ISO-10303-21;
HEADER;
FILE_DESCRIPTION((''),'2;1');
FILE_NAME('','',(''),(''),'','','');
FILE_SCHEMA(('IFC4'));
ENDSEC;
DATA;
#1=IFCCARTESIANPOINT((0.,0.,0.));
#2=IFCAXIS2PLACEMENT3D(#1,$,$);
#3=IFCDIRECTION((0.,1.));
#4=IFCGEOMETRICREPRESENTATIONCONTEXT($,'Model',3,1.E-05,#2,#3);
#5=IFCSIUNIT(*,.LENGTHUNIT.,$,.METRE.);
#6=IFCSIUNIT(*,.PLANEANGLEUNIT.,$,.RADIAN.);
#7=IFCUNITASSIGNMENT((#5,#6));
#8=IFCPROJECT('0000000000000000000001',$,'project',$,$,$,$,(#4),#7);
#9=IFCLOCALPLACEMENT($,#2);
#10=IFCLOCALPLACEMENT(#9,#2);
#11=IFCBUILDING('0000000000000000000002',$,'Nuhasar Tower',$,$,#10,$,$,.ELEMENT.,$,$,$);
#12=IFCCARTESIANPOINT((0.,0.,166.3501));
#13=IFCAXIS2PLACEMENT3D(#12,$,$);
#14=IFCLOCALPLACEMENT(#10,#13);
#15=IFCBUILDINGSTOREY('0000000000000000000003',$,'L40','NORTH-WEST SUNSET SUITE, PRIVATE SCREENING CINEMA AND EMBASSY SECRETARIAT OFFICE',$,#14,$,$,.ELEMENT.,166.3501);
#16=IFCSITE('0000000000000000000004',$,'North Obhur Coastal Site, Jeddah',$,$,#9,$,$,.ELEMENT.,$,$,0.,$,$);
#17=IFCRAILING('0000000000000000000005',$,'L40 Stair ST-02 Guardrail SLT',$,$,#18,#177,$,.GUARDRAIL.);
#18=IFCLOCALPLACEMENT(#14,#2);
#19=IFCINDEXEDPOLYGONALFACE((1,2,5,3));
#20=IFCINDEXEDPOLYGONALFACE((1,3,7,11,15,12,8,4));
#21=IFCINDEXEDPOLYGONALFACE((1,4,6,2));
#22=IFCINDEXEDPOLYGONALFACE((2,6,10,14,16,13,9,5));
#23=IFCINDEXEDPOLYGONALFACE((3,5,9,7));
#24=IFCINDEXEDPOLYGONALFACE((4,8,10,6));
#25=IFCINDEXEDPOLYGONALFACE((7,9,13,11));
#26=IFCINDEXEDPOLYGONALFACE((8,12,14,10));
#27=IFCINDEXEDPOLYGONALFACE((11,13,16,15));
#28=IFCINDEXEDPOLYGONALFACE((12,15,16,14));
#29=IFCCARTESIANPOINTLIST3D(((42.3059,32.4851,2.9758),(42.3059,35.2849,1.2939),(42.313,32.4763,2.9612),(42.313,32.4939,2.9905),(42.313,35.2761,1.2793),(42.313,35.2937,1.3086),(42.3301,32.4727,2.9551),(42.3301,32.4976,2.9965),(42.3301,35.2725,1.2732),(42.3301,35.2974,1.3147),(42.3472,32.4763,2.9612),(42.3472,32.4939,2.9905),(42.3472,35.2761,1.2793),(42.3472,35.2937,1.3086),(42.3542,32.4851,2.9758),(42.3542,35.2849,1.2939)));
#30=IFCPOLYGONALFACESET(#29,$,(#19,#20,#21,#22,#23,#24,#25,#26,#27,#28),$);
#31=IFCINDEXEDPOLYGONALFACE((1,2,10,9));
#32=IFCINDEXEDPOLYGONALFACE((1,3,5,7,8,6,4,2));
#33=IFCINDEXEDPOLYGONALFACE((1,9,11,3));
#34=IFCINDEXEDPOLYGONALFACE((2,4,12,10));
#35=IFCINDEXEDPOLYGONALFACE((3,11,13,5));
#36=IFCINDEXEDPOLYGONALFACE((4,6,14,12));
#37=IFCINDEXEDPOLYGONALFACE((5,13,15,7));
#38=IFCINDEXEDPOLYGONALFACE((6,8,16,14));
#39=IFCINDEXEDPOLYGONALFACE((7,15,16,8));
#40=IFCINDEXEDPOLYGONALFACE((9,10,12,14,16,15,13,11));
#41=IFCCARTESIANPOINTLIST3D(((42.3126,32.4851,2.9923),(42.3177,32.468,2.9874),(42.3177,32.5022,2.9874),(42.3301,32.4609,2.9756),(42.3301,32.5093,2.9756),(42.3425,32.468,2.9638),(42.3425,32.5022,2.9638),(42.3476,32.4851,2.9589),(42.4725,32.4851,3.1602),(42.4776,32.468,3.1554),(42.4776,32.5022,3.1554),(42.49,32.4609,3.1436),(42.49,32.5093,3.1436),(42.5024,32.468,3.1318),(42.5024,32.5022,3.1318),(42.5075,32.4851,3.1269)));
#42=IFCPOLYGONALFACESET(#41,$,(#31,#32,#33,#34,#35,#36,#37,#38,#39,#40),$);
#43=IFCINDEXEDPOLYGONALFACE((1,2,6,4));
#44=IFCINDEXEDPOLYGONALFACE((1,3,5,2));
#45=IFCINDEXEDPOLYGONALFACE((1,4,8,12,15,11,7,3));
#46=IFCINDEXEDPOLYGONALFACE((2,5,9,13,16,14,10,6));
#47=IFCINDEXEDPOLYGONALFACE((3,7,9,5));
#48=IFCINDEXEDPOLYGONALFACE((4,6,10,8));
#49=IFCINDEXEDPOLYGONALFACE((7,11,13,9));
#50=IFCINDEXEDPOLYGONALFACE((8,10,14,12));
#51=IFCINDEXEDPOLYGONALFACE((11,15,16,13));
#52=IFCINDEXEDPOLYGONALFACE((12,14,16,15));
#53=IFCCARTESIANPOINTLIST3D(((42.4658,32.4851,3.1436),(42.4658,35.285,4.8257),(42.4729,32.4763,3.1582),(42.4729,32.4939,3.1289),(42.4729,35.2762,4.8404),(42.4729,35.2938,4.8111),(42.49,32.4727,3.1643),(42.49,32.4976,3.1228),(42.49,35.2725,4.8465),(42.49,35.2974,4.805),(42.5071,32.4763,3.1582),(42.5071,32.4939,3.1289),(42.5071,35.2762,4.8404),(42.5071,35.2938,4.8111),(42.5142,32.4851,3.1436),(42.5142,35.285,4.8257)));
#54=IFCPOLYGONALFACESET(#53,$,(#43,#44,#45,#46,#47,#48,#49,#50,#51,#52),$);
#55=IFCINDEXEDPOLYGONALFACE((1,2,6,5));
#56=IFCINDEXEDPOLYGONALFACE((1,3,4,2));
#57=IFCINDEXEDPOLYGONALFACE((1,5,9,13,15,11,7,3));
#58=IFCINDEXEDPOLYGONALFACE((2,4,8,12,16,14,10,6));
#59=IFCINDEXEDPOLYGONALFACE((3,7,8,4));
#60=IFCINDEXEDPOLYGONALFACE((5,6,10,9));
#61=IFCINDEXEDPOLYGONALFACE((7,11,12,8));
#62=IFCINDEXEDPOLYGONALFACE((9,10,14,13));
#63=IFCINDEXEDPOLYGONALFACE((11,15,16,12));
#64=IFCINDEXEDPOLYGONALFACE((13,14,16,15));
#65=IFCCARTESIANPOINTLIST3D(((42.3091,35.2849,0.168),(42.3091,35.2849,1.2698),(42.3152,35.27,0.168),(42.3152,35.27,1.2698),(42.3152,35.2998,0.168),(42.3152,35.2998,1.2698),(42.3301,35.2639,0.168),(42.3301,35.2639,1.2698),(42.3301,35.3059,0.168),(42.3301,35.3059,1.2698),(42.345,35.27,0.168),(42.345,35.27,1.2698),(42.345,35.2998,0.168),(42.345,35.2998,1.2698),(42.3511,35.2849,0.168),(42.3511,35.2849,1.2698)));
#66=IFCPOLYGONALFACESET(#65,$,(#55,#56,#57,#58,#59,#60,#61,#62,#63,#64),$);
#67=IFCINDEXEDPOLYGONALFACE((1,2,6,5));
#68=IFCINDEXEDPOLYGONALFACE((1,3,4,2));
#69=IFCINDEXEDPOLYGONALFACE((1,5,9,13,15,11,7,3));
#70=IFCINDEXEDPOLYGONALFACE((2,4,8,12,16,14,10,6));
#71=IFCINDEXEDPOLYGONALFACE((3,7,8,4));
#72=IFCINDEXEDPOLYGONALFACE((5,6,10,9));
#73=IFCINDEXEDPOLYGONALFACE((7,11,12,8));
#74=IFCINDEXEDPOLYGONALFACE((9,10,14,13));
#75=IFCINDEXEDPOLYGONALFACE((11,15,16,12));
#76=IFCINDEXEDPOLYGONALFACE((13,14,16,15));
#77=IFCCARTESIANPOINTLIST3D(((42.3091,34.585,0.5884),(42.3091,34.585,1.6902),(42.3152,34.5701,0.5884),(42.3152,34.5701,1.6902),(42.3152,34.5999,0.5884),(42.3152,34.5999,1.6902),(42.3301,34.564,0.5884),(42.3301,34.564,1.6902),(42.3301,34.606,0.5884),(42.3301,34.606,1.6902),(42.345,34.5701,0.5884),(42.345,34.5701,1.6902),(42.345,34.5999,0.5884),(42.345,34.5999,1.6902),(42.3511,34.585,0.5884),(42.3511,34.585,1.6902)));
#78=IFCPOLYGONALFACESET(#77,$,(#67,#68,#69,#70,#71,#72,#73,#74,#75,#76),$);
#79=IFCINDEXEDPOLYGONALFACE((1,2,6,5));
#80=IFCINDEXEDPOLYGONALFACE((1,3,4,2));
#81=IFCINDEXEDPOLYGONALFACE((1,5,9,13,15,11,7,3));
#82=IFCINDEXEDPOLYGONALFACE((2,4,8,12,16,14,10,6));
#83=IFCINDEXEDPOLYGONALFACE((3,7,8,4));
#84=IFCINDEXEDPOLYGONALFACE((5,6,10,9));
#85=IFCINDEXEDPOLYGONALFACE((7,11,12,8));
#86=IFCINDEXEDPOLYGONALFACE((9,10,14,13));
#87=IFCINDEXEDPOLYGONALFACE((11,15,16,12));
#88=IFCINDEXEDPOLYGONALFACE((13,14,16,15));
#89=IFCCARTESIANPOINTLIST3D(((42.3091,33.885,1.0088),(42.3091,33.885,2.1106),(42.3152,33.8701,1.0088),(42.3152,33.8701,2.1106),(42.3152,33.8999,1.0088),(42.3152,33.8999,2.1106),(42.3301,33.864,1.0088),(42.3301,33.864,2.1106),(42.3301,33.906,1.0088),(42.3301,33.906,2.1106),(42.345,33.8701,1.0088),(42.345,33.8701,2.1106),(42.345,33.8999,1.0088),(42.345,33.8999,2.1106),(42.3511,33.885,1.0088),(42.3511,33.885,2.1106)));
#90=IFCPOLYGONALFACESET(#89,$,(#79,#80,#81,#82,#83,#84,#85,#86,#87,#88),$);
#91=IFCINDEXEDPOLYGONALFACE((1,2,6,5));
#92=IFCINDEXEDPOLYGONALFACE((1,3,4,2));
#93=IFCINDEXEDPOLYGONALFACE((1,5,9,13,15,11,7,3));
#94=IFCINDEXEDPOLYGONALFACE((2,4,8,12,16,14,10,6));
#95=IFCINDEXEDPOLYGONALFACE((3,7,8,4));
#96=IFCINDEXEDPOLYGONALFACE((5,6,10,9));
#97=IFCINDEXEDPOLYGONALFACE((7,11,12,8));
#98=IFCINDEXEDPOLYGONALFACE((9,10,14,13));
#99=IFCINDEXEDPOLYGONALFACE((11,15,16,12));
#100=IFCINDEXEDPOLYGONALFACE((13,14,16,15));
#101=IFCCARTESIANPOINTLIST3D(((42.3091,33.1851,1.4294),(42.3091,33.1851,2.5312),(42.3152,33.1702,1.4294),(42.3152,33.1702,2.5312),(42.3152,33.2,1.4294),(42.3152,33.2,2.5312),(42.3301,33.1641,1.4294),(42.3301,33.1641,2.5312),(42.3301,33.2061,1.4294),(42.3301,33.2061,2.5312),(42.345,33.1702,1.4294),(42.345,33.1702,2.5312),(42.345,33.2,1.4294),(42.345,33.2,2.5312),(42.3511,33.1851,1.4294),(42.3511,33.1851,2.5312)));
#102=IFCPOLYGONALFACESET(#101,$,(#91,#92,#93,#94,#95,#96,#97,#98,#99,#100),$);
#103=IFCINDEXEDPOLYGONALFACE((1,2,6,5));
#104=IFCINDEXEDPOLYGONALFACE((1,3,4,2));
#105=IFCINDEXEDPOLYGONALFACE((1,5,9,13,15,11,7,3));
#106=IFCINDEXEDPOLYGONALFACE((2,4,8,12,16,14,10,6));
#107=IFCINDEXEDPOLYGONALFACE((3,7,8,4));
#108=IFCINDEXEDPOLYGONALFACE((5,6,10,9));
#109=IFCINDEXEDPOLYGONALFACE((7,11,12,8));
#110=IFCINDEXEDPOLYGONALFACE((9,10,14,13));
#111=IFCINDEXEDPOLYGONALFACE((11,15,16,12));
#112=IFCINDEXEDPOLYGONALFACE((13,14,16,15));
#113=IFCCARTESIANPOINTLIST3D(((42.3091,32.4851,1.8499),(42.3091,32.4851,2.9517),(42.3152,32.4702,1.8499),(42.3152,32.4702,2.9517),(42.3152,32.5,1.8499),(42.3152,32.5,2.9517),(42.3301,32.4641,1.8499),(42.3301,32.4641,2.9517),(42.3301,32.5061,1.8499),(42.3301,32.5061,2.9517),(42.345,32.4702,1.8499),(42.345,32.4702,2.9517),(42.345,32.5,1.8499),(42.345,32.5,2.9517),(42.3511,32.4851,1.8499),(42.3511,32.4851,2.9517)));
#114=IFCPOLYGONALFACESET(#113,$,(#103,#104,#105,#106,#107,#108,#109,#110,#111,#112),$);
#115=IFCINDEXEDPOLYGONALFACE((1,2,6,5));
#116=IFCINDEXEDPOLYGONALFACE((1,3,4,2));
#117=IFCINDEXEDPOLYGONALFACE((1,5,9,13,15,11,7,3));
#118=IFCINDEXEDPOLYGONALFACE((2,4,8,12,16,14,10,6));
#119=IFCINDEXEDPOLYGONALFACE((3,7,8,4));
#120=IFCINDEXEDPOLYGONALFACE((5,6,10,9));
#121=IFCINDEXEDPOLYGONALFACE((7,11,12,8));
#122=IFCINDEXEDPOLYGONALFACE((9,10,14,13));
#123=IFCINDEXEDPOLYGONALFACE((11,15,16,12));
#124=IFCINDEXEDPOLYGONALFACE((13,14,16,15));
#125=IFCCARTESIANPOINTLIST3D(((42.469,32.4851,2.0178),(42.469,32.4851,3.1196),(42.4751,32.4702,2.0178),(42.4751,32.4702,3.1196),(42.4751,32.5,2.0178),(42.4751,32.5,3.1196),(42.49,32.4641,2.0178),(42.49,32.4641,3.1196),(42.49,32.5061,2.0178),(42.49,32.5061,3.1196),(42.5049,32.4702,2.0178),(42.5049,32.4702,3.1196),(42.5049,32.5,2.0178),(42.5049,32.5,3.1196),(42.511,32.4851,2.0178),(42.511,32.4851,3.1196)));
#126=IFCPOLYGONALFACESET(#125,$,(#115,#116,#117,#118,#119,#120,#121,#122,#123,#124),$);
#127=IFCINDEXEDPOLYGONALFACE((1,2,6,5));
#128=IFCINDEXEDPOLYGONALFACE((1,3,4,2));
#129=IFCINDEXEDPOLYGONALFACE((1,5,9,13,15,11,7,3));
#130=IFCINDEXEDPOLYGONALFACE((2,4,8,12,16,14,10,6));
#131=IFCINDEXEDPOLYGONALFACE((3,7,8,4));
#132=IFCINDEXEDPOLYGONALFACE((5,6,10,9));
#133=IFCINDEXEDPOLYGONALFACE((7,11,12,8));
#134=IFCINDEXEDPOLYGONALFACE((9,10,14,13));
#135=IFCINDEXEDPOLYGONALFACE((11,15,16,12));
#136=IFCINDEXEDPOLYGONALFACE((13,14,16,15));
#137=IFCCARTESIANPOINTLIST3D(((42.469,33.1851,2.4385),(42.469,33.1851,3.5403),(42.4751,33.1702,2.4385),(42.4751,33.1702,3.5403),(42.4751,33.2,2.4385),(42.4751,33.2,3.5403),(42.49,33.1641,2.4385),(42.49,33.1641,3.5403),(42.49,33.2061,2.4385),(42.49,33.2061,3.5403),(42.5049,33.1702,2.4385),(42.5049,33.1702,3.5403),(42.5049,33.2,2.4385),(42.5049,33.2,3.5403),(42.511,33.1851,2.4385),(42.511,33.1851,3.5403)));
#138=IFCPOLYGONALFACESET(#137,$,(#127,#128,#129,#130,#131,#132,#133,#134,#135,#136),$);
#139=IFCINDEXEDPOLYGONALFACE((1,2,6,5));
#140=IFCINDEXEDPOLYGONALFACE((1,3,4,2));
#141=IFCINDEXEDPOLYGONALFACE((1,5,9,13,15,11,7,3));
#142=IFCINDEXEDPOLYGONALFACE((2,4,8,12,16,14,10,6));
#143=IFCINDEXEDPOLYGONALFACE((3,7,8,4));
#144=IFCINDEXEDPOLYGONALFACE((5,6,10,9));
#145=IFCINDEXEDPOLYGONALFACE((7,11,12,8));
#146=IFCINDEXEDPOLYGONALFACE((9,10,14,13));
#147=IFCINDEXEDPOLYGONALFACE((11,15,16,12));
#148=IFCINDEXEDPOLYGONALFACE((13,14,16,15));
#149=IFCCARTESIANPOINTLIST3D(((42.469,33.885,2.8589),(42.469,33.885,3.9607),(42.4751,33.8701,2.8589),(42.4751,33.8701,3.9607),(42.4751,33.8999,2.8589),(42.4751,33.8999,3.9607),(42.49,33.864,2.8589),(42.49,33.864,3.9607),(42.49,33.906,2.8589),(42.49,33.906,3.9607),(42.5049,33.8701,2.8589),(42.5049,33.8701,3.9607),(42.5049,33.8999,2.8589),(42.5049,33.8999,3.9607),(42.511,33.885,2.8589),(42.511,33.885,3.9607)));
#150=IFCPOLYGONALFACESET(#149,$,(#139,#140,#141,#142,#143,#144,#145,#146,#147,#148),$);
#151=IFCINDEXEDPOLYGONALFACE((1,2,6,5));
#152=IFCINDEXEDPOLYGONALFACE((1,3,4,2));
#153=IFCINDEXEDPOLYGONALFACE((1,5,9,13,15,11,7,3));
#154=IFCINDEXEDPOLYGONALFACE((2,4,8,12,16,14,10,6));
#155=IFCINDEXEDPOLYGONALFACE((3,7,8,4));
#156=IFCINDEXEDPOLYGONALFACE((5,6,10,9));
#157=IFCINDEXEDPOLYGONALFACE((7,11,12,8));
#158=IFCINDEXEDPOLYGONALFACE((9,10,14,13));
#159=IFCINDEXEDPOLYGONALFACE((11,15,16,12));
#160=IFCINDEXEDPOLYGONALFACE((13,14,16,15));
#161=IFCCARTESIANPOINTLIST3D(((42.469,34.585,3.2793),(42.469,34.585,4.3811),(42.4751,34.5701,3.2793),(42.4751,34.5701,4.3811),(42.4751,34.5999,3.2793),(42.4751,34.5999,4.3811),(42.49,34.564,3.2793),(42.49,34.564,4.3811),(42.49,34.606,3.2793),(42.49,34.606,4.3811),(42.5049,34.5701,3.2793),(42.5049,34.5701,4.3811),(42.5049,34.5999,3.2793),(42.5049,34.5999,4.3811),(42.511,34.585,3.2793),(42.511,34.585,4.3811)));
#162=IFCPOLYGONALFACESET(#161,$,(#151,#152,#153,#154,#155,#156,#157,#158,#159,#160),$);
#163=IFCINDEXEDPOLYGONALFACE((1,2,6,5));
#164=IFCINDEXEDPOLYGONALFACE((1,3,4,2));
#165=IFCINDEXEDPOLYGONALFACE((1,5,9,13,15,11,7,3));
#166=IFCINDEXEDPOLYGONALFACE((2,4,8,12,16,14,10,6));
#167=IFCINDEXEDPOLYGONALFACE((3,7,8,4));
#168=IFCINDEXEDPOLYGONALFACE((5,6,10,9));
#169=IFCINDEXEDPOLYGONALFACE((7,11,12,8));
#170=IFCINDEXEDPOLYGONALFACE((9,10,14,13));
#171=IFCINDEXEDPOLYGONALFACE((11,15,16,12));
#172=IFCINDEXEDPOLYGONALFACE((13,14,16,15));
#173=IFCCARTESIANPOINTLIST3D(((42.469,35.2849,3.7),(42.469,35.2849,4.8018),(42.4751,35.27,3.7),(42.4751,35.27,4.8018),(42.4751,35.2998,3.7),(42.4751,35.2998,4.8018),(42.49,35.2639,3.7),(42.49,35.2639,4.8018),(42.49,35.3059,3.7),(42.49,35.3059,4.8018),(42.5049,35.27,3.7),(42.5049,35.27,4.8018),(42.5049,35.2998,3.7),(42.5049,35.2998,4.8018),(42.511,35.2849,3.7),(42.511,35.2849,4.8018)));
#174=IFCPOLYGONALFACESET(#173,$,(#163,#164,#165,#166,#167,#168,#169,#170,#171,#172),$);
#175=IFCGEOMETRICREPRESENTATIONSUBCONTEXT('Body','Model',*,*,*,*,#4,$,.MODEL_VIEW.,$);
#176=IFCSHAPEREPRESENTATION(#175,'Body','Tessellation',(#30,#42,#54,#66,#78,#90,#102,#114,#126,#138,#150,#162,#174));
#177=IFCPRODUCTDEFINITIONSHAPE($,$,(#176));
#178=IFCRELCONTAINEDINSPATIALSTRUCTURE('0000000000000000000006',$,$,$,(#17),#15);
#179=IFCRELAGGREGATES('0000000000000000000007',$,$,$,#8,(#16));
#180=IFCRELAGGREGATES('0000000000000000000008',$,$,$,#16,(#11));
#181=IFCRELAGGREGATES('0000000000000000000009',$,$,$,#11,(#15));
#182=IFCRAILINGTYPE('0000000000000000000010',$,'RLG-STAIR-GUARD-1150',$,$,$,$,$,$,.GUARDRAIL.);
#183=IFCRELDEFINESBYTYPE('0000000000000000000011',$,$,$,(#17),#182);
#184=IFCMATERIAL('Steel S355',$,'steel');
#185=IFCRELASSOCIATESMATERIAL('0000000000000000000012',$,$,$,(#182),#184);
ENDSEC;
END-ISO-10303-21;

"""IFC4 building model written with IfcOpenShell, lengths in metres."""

from ifc_helpers import new_model, si_unit, direction, frame, origin, place, context, subcontext, project, spatial, polyline, outline, extrude, material, type_object, element, save


model = new_model("IFC4")

# Units and contexts
model_context = context("Model", 3, precision=1e-05, world=origin(), true_north=direction((0.0, 1.0)))
body_context = subcontext(model_context, "Body", "Model", "MODEL_VIEW")
ifc_project = project(units=[si_unit("LENGTHUNIT", "METRE"), si_unit("PLANEANGLEUNIT", "RADIAN")], contexts=[model_context])

# Site, building, storey
site_placement = place(None, origin())
site = spatial("IfcSite", under=ifc_project, at=site_placement, Name="North Obhur Coastal Site, Jeddah", CompositionType="ELEMENT", RefElevation=0.0)
building_placement = place(site_placement, origin())
building = spatial("IfcBuilding", under=site, at=building_placement, Name="Nuhasar Tower", CompositionType="ELEMENT")
storey_placement = place(building_placement, frame((0.0, 0.0, 166.3501)))
storey = spatial("IfcBuildingStorey", under=building, at=storey_placement, Name="L40", Description="NORTH-WEST SUNSET SUITE, PRIVATE SCREENING CINEMA AND EMBASSY SECRETARIAT OFFICE", CompositionType="ELEMENT", Elevation=166.3501)

# Shared definitions
ifc_material_1 = material(Name="Steel S355", Category="steel")

# Railing
railing_type_1 = type_object("IfcRailingType", Name="RLG-STAIR-GUARD-1150", PredefinedType="GUARDRAIL", material=ifc_material_1)
railing_1_placement = place(storey_placement, frame((42.3301, 35.2849, 0.168)))
element("IfcRailing", 1, at=railing_1_placement, inside=storey, type_object=railing_type_1, Name="L40 Stair ST-02 Guardrail SLT", PredefinedType="GUARDRAIL", context=body_context, shape_type="SweptSolid", body=[
    extrude(outline(polyline([(0.0242, 0.0), (0.0171, 0.0171), (0.0, 0.0242), (-0.0171, 0.0171), (-0.0242, 0.0), (-0.0171, -0.0171), (0.0, -0.0242), (0.0171, -0.0171), (0.0242, 0.0)])), frame((0.0, 0.0, 1.126), z_axis=(0.0, -0.857222, 0.514946), x_axis=(1.0, 0.0, 0.0)), (0.0, 0.0, 1.0), 3.2661),
    extrude(outline(polyline([(0.0242, 0.0), (0.0171, 0.0171), (0.0, 0.0242), (-0.0171, 0.0171), (-0.0242, 0.0), (-0.0171, -0.0171), (0.0, -0.0242), (0.0171, -0.0171), (0.0242, 0.0)])), frame((0.0, -2.7998, 2.8076), z_axis=(0.689524, 0.0, 0.724263), x_axis=(0.0, 1.0, 0.0)), (0.0, 0.0, 1.0), 0.2319),
    extrude(outline(polyline([(0.0242, 0.0), (0.0171, 0.0171), (0.0, 0.0242), (-0.0171, 0.0171), (-0.0242, 0.0), (-0.0171, -0.0171), (0.0, -0.0242), (0.0171, -0.0171), (0.0242, 0.0)])), frame((0.1599, -2.7998, 2.9756), z_axis=(0.0, 0.857189, 0.515001), x_axis=(-1.0, 0.0, 0.0)), (0.0, 0.0, 1.0), 3.2664),
    extrude(outline(polyline([(0.021, 0.0), (0.0149, 0.0149), (0.0, 0.021), (-0.0149, 0.0149), (-0.021, 0.0), (-0.0149, -0.0149), (0.0, -0.021), (0.0149, -0.0149), (0.021, 0.0)])), origin(), (0.0, 0.0, 1.0), 1.1018),
    extrude(outline(polyline([(0.021, 0.0), (0.0149, 0.0149), (0.0, 0.021), (-0.0149, 0.0149), (-0.021, 0.0), (-0.0149, -0.0149), (0.0, -0.021), (0.0149, -0.0149), (0.021, 0.0)])), frame((0.0, -0.7, 0.4204)), (0.0, 0.0, 1.0), 1.1018),
    extrude(outline(polyline([(0.021, 0.0), (0.0149, 0.0149), (0.0, 0.021), (-0.0149, 0.0149), (-0.021, 0.0), (-0.0149, -0.0149), (0.0, -0.021), (0.0149, -0.0149), (0.021, 0.0)])), frame((0.0, -1.3999, 0.8408)), (0.0, 0.0, 1.0), 1.1018),
    extrude(outline(polyline([(0.021, 0.0), (0.0149, 0.0149), (0.0, 0.021), (-0.0149, 0.0149), (-0.021, 0.0), (-0.0149, -0.0149), (0.0, -0.021), (0.0149, -0.0149), (0.021, 0.0)])), frame((0.0, -2.0999, 1.2615)), (0.0, 0.0, 1.0), 1.1018),
    extrude(outline(polyline([(0.021, 0.0), (0.0149, 0.0149), (0.0, 0.021), (-0.0149, 0.0149), (-0.021, 0.0), (-0.0149, -0.0149), (0.0, -0.021), (0.0149, -0.0149), (0.021, 0.0)])), frame((0.0, -2.7998, 1.6819)), (0.0, 0.0, 1.0), 1.1018),
    extrude(outline(polyline([(0.021, 0.0), (0.0149, 0.0149), (0.0, 0.021), (-0.0149, 0.0149), (-0.021, 0.0), (-0.0149, -0.0149), (0.0, -0.021), (0.0149, -0.0149), (0.021, 0.0)])), frame((0.1599, -2.7998, 1.8499)), (0.0, 0.0, 1.0), 1.1018),
    extrude(outline(polyline([(0.021, 0.0), (0.0149, 0.0149), (0.0, 0.021), (-0.0149, 0.0149), (-0.021, 0.0), (-0.0149, -0.0149), (0.0, -0.021), (0.0149, -0.0149), (0.021, 0.0)])), frame((0.1599, -2.0999, 2.2705)), (0.0, 0.0, 1.0), 1.1018),
    extrude(outline(polyline([(0.021, 0.0), (0.0149, 0.0149), (0.0, 0.021), (-0.0149, 0.0149), (-0.021, 0.0), (-0.0149, -0.0149), (0.0, -0.021), (0.0149, -0.0149), (0.021, 0.0)])), frame((0.1599, -1.3999, 2.6909)), (0.0, 0.0, 1.0), 1.1018),
    extrude(outline(polyline([(0.021, 0.0), (0.0149, 0.0149), (0.0, 0.021), (-0.0149, 0.0149), (-0.021, 0.0), (-0.0149, -0.0149), (0.0, -0.021), (0.0149, -0.0149), (0.021, 0.0)])), frame((0.1599, -0.7, 3.1113)), (0.0, 0.0, 1.0), 1.1018),
    extrude(outline(polyline([(0.021, 0.0), (0.0149, 0.0149), (0.0, 0.021), (-0.0149, 0.0149), (-0.021, 0.0), (-0.0149, -0.0149), (0.0, -0.021), (0.0149, -0.0149), (0.021, 0.0)])), frame((0.1599, 0.0, 3.532)), (0.0, 0.0, 1.0), 1.1018),
])

save(model, "model.ifc")
